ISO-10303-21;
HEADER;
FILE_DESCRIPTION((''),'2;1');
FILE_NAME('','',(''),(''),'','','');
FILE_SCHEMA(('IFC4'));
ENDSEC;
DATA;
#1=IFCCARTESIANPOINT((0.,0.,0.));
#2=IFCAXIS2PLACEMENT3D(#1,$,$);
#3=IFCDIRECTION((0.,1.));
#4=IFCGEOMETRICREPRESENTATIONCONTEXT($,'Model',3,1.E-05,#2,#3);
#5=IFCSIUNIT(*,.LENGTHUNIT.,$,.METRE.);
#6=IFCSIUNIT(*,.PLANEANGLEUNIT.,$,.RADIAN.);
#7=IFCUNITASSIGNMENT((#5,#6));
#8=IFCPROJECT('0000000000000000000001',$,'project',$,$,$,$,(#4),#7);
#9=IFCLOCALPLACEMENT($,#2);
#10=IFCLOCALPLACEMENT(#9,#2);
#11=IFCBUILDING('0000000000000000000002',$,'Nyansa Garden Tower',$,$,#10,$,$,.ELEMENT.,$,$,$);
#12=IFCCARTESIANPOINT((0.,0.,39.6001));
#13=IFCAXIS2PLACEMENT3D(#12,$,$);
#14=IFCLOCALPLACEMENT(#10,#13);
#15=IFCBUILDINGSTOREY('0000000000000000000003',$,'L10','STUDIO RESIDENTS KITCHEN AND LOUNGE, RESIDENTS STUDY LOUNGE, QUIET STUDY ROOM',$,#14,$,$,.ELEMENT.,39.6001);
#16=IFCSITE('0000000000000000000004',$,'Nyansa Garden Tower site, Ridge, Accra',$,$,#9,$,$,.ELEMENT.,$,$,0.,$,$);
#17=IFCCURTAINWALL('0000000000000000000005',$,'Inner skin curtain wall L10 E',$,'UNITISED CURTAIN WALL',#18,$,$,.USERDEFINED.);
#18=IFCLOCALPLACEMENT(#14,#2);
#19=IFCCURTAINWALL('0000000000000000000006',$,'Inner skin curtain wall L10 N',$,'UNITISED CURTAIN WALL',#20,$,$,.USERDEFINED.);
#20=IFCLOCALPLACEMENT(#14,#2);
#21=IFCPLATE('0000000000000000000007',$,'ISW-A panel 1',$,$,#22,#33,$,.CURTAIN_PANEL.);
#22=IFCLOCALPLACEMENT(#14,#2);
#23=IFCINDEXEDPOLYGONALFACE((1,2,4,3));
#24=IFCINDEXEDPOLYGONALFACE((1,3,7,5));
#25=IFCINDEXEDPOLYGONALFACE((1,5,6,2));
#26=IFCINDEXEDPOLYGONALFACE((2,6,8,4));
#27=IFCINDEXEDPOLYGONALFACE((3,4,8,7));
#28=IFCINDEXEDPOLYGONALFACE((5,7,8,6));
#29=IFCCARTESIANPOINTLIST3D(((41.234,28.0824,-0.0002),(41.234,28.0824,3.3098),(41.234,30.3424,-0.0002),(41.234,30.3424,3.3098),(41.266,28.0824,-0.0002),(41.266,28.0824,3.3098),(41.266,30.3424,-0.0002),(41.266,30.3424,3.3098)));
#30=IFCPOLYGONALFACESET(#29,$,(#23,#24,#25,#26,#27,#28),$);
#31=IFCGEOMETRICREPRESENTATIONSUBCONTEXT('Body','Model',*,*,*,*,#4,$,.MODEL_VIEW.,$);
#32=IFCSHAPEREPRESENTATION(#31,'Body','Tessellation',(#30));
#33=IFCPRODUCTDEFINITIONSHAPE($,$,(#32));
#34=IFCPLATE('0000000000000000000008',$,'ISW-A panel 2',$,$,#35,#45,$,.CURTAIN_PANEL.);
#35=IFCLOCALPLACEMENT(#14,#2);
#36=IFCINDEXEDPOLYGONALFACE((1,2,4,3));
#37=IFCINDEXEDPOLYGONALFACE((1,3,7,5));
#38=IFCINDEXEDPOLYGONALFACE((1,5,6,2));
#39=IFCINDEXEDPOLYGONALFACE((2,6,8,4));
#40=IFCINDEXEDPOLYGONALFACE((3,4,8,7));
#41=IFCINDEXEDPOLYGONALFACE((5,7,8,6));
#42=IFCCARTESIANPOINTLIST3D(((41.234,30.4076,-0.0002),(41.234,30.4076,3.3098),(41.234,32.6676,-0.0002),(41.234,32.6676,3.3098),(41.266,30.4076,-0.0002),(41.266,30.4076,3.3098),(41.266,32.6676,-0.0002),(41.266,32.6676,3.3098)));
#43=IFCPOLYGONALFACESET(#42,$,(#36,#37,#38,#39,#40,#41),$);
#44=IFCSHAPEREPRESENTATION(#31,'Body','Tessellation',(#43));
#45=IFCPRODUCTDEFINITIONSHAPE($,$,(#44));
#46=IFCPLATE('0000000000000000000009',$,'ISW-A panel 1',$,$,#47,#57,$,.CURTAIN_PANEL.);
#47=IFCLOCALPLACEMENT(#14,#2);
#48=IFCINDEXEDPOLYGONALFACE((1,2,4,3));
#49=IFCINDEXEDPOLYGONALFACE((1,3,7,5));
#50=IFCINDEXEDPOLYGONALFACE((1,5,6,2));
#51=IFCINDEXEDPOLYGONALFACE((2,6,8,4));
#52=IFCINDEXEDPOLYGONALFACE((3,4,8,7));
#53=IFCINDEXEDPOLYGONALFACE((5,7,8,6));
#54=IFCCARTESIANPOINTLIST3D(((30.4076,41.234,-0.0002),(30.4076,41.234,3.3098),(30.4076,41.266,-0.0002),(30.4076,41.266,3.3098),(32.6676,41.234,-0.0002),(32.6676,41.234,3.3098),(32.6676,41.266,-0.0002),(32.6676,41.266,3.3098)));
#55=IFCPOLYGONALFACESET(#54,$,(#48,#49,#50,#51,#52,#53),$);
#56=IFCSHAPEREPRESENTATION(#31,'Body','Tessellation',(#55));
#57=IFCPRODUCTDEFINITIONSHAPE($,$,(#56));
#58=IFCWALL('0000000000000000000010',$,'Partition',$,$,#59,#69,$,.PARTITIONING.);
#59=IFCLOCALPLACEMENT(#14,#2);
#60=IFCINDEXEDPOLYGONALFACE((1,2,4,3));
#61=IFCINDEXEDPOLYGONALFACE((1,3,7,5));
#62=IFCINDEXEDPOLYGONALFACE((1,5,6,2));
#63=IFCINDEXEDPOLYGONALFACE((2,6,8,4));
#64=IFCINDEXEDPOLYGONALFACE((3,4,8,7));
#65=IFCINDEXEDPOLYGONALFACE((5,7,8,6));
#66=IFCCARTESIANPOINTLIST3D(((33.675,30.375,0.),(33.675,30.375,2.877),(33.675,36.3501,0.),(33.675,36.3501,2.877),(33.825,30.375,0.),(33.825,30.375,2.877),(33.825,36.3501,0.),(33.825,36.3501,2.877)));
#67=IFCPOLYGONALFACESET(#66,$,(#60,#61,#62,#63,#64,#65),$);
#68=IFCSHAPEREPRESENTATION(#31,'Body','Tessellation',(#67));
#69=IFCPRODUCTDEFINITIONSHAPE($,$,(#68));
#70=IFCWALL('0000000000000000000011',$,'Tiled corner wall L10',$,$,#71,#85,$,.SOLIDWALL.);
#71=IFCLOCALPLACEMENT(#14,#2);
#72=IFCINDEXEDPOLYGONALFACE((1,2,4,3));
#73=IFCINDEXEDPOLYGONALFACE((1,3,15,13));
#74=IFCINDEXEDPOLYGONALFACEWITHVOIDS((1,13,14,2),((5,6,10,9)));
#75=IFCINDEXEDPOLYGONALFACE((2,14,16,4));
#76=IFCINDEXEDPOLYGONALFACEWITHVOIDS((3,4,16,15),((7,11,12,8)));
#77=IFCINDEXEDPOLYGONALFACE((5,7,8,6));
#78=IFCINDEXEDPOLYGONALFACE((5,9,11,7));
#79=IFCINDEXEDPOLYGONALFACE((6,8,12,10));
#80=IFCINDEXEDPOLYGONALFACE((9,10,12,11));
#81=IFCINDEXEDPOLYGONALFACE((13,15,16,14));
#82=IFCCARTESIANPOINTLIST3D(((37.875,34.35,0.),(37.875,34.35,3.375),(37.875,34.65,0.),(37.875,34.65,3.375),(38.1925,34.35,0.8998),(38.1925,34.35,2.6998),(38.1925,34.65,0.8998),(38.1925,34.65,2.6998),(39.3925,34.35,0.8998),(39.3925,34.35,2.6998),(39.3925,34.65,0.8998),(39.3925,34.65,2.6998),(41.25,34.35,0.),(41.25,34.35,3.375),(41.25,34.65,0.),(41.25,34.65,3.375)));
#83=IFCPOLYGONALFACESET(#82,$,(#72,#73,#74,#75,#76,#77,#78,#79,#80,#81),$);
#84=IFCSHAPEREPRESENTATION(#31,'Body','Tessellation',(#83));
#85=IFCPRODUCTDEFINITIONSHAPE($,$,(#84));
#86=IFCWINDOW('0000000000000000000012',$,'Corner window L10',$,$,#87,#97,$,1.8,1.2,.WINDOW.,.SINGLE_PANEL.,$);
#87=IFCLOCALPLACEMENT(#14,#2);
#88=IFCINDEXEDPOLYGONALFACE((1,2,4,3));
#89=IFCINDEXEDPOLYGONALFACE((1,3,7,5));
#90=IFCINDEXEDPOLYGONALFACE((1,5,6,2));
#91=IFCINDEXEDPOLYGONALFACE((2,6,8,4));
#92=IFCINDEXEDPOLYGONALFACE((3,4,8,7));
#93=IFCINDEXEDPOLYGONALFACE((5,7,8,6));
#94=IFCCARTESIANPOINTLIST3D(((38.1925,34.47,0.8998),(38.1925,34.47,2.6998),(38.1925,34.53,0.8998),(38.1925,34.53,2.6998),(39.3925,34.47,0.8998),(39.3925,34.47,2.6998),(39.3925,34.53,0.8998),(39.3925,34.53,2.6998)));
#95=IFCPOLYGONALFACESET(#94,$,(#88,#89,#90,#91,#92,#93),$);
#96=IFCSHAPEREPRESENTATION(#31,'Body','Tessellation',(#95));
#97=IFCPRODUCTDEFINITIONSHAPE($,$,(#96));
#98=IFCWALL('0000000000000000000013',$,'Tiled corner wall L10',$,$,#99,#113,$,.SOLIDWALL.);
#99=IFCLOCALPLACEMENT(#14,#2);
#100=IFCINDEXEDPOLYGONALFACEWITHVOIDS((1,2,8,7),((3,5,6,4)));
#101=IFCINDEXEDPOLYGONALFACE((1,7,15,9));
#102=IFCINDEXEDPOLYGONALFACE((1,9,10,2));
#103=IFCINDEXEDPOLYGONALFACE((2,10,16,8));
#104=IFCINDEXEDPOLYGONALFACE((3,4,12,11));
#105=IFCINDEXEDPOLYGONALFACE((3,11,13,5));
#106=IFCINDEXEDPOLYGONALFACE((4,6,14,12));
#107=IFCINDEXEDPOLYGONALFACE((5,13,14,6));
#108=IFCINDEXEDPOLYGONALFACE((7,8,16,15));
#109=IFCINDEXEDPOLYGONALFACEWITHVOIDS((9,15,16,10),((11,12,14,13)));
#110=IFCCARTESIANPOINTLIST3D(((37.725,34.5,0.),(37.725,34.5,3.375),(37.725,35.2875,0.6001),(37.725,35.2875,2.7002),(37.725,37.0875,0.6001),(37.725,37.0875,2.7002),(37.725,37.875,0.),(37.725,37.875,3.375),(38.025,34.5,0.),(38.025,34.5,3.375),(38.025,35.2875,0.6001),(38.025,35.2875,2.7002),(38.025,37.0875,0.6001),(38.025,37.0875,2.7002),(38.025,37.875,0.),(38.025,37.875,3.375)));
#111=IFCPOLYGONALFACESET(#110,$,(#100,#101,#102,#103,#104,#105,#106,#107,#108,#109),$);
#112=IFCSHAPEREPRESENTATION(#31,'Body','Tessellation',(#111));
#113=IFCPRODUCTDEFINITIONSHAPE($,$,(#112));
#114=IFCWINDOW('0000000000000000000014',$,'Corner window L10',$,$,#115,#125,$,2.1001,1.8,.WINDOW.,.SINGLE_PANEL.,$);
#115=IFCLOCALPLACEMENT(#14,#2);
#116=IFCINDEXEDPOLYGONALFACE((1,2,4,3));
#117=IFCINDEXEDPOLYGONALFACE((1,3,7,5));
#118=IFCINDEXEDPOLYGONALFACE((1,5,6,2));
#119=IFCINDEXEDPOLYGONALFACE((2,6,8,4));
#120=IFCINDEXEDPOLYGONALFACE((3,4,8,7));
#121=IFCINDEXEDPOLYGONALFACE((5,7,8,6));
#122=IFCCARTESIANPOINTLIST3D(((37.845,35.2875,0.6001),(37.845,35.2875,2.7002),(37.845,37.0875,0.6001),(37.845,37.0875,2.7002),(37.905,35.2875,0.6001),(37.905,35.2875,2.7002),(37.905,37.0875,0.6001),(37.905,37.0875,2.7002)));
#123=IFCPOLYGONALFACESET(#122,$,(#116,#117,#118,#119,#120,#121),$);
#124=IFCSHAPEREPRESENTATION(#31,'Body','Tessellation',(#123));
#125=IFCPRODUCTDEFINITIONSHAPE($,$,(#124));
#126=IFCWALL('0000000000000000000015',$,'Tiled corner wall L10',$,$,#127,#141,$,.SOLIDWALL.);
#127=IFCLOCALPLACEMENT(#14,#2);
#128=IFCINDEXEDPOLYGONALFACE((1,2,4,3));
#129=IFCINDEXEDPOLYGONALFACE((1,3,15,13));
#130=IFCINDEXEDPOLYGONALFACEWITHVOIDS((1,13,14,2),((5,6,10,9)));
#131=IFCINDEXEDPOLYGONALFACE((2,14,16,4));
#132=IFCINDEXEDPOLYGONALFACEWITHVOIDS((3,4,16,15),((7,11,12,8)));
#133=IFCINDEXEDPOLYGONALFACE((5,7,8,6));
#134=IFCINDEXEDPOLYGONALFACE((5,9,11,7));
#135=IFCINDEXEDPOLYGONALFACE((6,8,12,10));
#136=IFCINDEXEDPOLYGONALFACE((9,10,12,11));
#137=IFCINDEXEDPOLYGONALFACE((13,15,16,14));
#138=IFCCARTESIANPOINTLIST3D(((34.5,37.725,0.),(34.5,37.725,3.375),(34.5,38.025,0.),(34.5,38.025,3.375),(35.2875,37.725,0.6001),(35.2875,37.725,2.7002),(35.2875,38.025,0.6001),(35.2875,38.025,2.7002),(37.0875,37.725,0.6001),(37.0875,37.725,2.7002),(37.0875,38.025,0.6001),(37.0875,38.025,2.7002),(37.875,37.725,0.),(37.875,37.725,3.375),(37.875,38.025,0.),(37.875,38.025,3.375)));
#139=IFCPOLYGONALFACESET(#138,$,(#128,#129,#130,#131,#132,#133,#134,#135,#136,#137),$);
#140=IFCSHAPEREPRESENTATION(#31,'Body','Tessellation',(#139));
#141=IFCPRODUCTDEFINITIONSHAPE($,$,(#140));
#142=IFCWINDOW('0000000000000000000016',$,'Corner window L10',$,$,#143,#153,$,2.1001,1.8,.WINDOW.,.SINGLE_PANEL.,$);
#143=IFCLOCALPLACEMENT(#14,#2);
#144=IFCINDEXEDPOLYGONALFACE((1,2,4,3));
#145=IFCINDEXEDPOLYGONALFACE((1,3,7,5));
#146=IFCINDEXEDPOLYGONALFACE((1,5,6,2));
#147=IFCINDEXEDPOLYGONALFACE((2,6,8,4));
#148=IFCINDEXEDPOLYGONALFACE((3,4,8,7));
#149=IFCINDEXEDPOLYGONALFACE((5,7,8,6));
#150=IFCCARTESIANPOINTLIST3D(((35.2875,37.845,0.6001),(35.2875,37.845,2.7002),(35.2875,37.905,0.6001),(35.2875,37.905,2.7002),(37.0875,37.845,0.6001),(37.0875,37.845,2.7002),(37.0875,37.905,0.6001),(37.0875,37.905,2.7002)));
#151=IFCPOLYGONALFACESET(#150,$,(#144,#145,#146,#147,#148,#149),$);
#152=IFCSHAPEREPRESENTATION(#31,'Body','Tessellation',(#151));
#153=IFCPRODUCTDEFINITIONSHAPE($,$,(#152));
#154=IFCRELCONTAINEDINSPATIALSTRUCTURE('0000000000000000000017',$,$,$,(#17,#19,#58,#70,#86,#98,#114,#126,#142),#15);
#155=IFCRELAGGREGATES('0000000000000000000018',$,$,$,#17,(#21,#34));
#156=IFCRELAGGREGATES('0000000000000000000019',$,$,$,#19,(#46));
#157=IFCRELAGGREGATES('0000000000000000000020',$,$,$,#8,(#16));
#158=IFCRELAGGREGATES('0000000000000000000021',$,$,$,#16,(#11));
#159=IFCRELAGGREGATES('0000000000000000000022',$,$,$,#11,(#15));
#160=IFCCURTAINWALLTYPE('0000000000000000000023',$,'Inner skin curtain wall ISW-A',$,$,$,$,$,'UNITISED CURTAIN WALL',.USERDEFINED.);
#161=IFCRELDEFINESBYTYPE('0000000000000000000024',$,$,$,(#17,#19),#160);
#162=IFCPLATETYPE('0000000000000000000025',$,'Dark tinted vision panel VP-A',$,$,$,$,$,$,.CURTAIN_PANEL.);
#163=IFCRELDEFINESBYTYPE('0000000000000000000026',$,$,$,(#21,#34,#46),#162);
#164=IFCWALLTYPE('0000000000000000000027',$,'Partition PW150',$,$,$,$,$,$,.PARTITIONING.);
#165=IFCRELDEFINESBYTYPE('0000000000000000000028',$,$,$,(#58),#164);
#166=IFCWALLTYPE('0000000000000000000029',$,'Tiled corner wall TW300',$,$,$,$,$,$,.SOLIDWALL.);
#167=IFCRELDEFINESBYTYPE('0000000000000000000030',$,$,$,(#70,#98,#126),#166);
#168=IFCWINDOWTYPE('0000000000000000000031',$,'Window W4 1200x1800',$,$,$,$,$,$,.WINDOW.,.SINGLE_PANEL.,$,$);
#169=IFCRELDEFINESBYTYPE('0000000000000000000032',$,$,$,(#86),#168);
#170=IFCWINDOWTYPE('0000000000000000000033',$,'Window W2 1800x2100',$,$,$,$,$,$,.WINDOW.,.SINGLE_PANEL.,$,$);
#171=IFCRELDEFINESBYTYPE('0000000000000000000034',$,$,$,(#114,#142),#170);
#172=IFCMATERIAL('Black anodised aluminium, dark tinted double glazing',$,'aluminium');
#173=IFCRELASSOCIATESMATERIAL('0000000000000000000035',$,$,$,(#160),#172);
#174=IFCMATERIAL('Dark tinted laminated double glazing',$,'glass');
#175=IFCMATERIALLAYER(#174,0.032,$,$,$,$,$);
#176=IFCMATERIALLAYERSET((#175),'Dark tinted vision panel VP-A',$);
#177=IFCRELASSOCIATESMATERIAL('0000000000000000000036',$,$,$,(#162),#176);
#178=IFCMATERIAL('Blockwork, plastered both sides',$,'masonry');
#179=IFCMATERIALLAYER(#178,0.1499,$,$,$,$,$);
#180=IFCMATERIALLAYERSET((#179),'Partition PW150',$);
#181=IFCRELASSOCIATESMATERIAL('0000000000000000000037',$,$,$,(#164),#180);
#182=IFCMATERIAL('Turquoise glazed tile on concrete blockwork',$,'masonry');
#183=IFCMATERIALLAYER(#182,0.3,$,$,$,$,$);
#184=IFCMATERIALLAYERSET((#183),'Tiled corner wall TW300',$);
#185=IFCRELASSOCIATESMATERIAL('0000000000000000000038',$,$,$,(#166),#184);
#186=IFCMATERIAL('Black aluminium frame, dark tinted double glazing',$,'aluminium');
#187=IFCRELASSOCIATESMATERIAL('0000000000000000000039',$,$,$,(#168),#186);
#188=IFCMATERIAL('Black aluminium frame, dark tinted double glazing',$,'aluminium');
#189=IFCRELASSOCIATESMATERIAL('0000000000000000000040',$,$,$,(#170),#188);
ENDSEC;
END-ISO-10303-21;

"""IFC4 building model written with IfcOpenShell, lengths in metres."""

from ifc_helpers import new_model, si_unit, direction, frame, frame_2d, origin, origin_2d, place, context, subcontext, project, spatial, rectangle, extrude, material, layer, layer_set, type_object, element, fill, aggregate, save


model = new_model("IFC4")

# Units and contexts
model_context = context("Model", 3, precision=1e-05, world=origin(), true_north=direction((0.0, 1.0)))
body_context = subcontext(model_context, "Body", "Model", "MODEL_VIEW")
ifc_project = project(units=[si_unit("LENGTHUNIT", "METRE"), si_unit("PLANEANGLEUNIT", "RADIAN")], contexts=[model_context])

# Site, building, storey
site_placement = place(None, origin())
site = spatial("IfcSite", under=ifc_project, at=site_placement, Name="Nyansa Garden Tower site, Ridge, Accra", CompositionType="ELEMENT", RefElevation=0.0)
building_placement = place(site_placement, origin())
building = spatial("IfcBuilding", under=site, at=building_placement, Name="Nyansa Garden Tower", CompositionType="ELEMENT")
storey_placement = place(building_placement, frame((0.0, 0.0, 39.6001)))
storey = spatial("IfcBuildingStorey", under=building, at=storey_placement, Name="L10", Description="STUDIO RESIDENTS KITCHEN AND LOUNGE, RESIDENTS STUDY LOUNGE, QUIET STUDY ROOM", CompositionType="ELEMENT", Elevation=39.6001)

# Curtain wall
ifc_material_1 = material(Name="Black anodised aluminium, dark tinted double glazing", Category="aluminium")
curtain_wall_type = type_object("IfcCurtainWallType", Name="Inner skin curtain wall ISW-A", ElementType="UNITISED CURTAIN WALL", PredefinedType="USERDEFINED", material=ifc_material_1)
curtain_wall_1_placement = place(storey_placement, origin())
curtain_wall_1 = element("IfcCurtainWall", 1, at=curtain_wall_1_placement, inside=storey, type_object=curtain_wall_type, Name="Inner skin curtain wall L10 E", ObjectType="UNITISED CURTAIN WALL", PredefinedType="USERDEFINED")

# Curtain wall
curtain_wall_2_placement = place(storey_placement, origin())
curtain_wall_2 = element("IfcCurtainWall", 2, at=curtain_wall_2_placement, inside=storey, type_object=curtain_wall_type, Name="Inner skin curtain wall L10 N", ObjectType="UNITISED CURTAIN WALL", PredefinedType="USERDEFINED")

# Plates
ifc_material_2 = material(Name="Dark tinted laminated double glazing", Category="glass")
ifc_layer_1 = layer(ifc_material_2, 0.032)
ifc_layer_set_1 = layer_set([ifc_layer_1], Name="Dark tinted vision panel VP-A")
plate_type = type_object("IfcPlateType", Name="Dark tinted vision panel VP-A", PredefinedType="CURTAIN_PANEL", material=ifc_layer_set_1)
plate_1_placement = place(storey_placement, frame((41.25, 29.2124, -0.0002), z_axis=(0.0, 0.0, 1.0), x_axis=(0.0, 1.0, 0.0)))
plate_1 = element("IfcPlate", 3, at=plate_1_placement, type_object=plate_type, Name="ISW-A panel 1", PredefinedType="CURTAIN_PANEL", context=body_context, shape_type="SweptSolid", body=[
    extrude(rectangle(XDim=2.26, YDim=0.032, at=origin_2d()), origin(), (0.0, 0.0, 1.0), 3.3101),
])
plate_2_placement = place(storey_placement, frame((41.25, 31.5376, -0.0002), z_axis=(0.0, 0.0, 1.0), x_axis=(0.0, 1.0, 0.0)))
plate_2 = element("IfcPlate", 4, at=plate_2_placement, type_object=plate_type, Name="ISW-A panel 2", PredefinedType="CURTAIN_PANEL", context=body_context, shape_type="SweptSolid", body=[
    extrude(rectangle(XDim=2.26, YDim=0.032, at=origin_2d()), origin(), (0.0, 0.0, 1.0), 3.3101),
])
aggregate(curtain_wall_1, [plate_1, plate_2])
plate_3_placement = place(storey_placement, frame((31.5376, 41.25, -0.0002), z_axis=(0.0, 0.0, 1.0), x_axis=(-1.0, 0.0, 0.0)))
plate_3 = element("IfcPlate", 5, at=plate_3_placement, type_object=plate_type, Name="ISW-A panel 1", PredefinedType="CURTAIN_PANEL", context=body_context, shape_type="SweptSolid", body=[
    extrude(rectangle(XDim=2.26, YDim=0.032, at=origin_2d()), origin(), (0.0, 0.0, 1.0), 3.3101),
])
aggregate(curtain_wall_2, [plate_3])

# Wall
ifc_material_3 = material(Name="Blockwork, plastered both sides", Category="masonry")
ifc_layer_2 = layer(ifc_material_3, 0.1499)
ifc_layer_set_2 = layer_set([ifc_layer_2], Name="Partition PW150")
wall_type_1 = type_object("IfcWallType", Name="Partition PW150", PredefinedType="PARTITIONING", material=ifc_layer_set_2)
wall_1_placement = place(storey_placement, frame((33.75, 30.375, 0.0), z_axis=(0.0, 0.0, 1.0), x_axis=(0.0, 1.0, 0.0)))
element("IfcWall", 6, at=wall_1_placement, inside=storey, type_object=wall_type_1, Name="Partition", PredefinedType="PARTITIONING", context=body_context, shape_type="SweptSolid", body=[
    extrude(rectangle(XDim=5.9751, YDim=0.1499, at=frame_2d((2.9875, 0.0))), origin(), (0.0, 0.0, 1.0), 2.877),
])

# Walls, openings, windows
ifc_material_4 = material(Name="Turquoise glazed tile on concrete blockwork", Category="masonry")
ifc_layer_3 = layer(ifc_material_4, 0.3)
ifc_layer_set_3 = layer_set([ifc_layer_3], Name="Tiled corner wall TW300")
wall_type_2 = type_object("IfcWallType", Name="Tiled corner wall TW300", PredefinedType="SOLIDWALL", material=ifc_layer_set_3)
wall_2_placement = place(storey_placement, frame((41.25, 34.5, 0.0), z_axis=(0.0, 0.0, 1.0), x_axis=(-1.0, 0.0, 0.0)))
wall_2 = element("IfcWall", 7, at=wall_2_placement, inside=storey, type_object=wall_type_2, Name="Tiled corner wall L10", PredefinedType="SOLIDWALL", context=body_context, shape_type="SweptSolid", body=[
    extrude(rectangle(XDim=3.375, YDim=0.3, at=frame_2d((1.6875, 0.0))), origin(), (0.0, 0.0, 1.0), 3.375),
])
opening_1_placement = place(wall_2_placement, frame((1.8574, 0.0, 0.8999)))
opening_1 = element("IfcOpeningElement", 8, at=opening_1_placement, cuts=wall_2, PredefinedType="OPENING", context=body_context, shape_type="SweptSolid", body=[
    extrude(rectangle(XDim=1.2, YDim=1.8, at=frame_2d((0.6001, 0.8999))), frame((0.0, 0.1599, 0.0), z_axis=(0.0, -1.0, 0.0), x_axis=(1.0, 0.0, 0.0)), (0.0, 0.0, 1.0), 0.3201),
])
ifc_material_5 = material(Name="Black aluminium frame, dark tinted double glazing", Category="aluminium")
window_type_1 = type_object("IfcWindowType", Name="Window W4 1200x1800", PartitioningType="SINGLE_PANEL", PredefinedType="WINDOW", material=ifc_material_5)
window_1_placement = place(opening_1_placement, origin())
window_1 = element("IfcWindow", 9, at=window_1_placement, inside=storey, type_object=window_type_1, Name="Corner window L10", OverallHeight=1.8, OverallWidth=1.2, PartitioningType="SINGLE_PANEL", PredefinedType="WINDOW", context=body_context, shape_type="SweptSolid", body=[
    extrude(rectangle(XDim=1.2, YDim=1.8, at=frame_2d((0.6001, 0.8999))), frame((0.0, 0.03, 0.0), z_axis=(0.0, -1.0, 0.0), x_axis=(1.0, 0.0, 0.0)), (0.0, 0.0, 1.0), 0.0601),
])
fill(opening_1, window_1)
wall_3_placement = place(storey_placement, frame((37.875, 34.5, 0.0), z_axis=(0.0, 0.0, 1.0), x_axis=(0.0, 1.0, 0.0)))
wall_3 = element("IfcWall", 10, at=wall_3_placement, inside=storey, type_object=wall_type_2, Name="Tiled corner wall L10", PredefinedType="SOLIDWALL", context=body_context, shape_type="SweptSolid", body=[
    extrude(rectangle(XDim=3.375, YDim=0.3, at=frame_2d((1.6875, 0.0))), origin(), (0.0, 0.0, 1.0), 3.375),
])
opening_2_placement = place(wall_3_placement, frame((0.7876, 0.0, 0.6001)))
opening_2 = element("IfcOpeningElement", 11, at=opening_2_placement, cuts=wall_3, PredefinedType="OPENING", context=body_context, shape_type="SweptSolid", body=[
    extrude(rectangle(XDim=1.8, YDim=2.1001, at=frame_2d((0.8999, 1.05))), frame((0.0, 0.1599, 0.0), z_axis=(0.0, -1.0, 0.0), x_axis=(1.0, 0.0, 0.0)), (0.0, 0.0, 1.0), 0.3201),
])
ifc_material_6 = material(Name="Black aluminium frame, dark tinted double glazing", Category="aluminium")
window_type_2 = type_object("IfcWindowType", Name="Window W2 1800x2100", PartitioningType="SINGLE_PANEL", PredefinedType="WINDOW", material=ifc_material_6)
window_2_placement = place(opening_2_placement, origin())
window_2 = element("IfcWindow", 12, at=window_2_placement, inside=storey, type_object=window_type_2, Name="Corner window L10", OverallHeight=2.1001, OverallWidth=1.8, PartitioningType="SINGLE_PANEL", PredefinedType="WINDOW", context=body_context, shape_type="SweptSolid", body=[
    extrude(rectangle(XDim=1.8, YDim=2.1001, at=frame_2d((0.8999, 1.05))), frame((0.0, 0.03, 0.0), z_axis=(0.0, -1.0, 0.0), x_axis=(1.0, 0.0, 0.0)), (0.0, 0.0, 1.0), 0.0601),
])
fill(opening_2, window_2)
wall_4_placement = place(storey_placement, frame((37.875, 37.875, 0.0), z_axis=(0.0, 0.0, 1.0), x_axis=(-1.0, 0.0, 0.0)))
wall_4 = element("IfcWall", 13, at=wall_4_placement, inside=storey, type_object=wall_type_2, Name="Tiled corner wall L10", PredefinedType="SOLIDWALL", context=body_context, shape_type="SweptSolid", body=[
    extrude(rectangle(XDim=3.375, YDim=0.3, at=frame_2d((1.6875, 0.0))), origin(), (0.0, 0.0, 1.0), 3.375),
])
opening_3_placement = place(wall_4_placement, frame((0.7876, 0.0, 0.6001)))
opening_3 = element("IfcOpeningElement", 14, at=opening_3_placement, cuts=wall_4, PredefinedType="OPENING", context=body_context, shape_type="SweptSolid", body=[
    extrude(rectangle(XDim=1.8, YDim=2.1001, at=frame_2d((0.8999, 1.05))), frame((0.0, 0.1599, 0.0), z_axis=(0.0, -1.0, 0.0), x_axis=(1.0, 0.0, 0.0)), (0.0, 0.0, 1.0), 0.3201),
])
window_3_placement = place(opening_3_placement, origin())
window_3 = element("IfcWindow", 15, at=window_3_placement, inside=storey, type_object=window_type_2, Name="Corner window L10", OverallHeight=2.1001, OverallWidth=1.8, PartitioningType="SINGLE_PANEL", PredefinedType="WINDOW", context=body_context, shape_type="SweptSolid", body=[
    extrude(rectangle(XDim=1.8, YDim=2.1001, at=frame_2d((0.8999, 1.05))), frame((0.0, 0.03, 0.0), z_axis=(0.0, -1.0, 0.0), x_axis=(1.0, 0.0, 0.0)), (0.0, 0.0, 1.0), 0.0601),
])
fill(opening_3, window_3)

save(model, "model.ifc")
